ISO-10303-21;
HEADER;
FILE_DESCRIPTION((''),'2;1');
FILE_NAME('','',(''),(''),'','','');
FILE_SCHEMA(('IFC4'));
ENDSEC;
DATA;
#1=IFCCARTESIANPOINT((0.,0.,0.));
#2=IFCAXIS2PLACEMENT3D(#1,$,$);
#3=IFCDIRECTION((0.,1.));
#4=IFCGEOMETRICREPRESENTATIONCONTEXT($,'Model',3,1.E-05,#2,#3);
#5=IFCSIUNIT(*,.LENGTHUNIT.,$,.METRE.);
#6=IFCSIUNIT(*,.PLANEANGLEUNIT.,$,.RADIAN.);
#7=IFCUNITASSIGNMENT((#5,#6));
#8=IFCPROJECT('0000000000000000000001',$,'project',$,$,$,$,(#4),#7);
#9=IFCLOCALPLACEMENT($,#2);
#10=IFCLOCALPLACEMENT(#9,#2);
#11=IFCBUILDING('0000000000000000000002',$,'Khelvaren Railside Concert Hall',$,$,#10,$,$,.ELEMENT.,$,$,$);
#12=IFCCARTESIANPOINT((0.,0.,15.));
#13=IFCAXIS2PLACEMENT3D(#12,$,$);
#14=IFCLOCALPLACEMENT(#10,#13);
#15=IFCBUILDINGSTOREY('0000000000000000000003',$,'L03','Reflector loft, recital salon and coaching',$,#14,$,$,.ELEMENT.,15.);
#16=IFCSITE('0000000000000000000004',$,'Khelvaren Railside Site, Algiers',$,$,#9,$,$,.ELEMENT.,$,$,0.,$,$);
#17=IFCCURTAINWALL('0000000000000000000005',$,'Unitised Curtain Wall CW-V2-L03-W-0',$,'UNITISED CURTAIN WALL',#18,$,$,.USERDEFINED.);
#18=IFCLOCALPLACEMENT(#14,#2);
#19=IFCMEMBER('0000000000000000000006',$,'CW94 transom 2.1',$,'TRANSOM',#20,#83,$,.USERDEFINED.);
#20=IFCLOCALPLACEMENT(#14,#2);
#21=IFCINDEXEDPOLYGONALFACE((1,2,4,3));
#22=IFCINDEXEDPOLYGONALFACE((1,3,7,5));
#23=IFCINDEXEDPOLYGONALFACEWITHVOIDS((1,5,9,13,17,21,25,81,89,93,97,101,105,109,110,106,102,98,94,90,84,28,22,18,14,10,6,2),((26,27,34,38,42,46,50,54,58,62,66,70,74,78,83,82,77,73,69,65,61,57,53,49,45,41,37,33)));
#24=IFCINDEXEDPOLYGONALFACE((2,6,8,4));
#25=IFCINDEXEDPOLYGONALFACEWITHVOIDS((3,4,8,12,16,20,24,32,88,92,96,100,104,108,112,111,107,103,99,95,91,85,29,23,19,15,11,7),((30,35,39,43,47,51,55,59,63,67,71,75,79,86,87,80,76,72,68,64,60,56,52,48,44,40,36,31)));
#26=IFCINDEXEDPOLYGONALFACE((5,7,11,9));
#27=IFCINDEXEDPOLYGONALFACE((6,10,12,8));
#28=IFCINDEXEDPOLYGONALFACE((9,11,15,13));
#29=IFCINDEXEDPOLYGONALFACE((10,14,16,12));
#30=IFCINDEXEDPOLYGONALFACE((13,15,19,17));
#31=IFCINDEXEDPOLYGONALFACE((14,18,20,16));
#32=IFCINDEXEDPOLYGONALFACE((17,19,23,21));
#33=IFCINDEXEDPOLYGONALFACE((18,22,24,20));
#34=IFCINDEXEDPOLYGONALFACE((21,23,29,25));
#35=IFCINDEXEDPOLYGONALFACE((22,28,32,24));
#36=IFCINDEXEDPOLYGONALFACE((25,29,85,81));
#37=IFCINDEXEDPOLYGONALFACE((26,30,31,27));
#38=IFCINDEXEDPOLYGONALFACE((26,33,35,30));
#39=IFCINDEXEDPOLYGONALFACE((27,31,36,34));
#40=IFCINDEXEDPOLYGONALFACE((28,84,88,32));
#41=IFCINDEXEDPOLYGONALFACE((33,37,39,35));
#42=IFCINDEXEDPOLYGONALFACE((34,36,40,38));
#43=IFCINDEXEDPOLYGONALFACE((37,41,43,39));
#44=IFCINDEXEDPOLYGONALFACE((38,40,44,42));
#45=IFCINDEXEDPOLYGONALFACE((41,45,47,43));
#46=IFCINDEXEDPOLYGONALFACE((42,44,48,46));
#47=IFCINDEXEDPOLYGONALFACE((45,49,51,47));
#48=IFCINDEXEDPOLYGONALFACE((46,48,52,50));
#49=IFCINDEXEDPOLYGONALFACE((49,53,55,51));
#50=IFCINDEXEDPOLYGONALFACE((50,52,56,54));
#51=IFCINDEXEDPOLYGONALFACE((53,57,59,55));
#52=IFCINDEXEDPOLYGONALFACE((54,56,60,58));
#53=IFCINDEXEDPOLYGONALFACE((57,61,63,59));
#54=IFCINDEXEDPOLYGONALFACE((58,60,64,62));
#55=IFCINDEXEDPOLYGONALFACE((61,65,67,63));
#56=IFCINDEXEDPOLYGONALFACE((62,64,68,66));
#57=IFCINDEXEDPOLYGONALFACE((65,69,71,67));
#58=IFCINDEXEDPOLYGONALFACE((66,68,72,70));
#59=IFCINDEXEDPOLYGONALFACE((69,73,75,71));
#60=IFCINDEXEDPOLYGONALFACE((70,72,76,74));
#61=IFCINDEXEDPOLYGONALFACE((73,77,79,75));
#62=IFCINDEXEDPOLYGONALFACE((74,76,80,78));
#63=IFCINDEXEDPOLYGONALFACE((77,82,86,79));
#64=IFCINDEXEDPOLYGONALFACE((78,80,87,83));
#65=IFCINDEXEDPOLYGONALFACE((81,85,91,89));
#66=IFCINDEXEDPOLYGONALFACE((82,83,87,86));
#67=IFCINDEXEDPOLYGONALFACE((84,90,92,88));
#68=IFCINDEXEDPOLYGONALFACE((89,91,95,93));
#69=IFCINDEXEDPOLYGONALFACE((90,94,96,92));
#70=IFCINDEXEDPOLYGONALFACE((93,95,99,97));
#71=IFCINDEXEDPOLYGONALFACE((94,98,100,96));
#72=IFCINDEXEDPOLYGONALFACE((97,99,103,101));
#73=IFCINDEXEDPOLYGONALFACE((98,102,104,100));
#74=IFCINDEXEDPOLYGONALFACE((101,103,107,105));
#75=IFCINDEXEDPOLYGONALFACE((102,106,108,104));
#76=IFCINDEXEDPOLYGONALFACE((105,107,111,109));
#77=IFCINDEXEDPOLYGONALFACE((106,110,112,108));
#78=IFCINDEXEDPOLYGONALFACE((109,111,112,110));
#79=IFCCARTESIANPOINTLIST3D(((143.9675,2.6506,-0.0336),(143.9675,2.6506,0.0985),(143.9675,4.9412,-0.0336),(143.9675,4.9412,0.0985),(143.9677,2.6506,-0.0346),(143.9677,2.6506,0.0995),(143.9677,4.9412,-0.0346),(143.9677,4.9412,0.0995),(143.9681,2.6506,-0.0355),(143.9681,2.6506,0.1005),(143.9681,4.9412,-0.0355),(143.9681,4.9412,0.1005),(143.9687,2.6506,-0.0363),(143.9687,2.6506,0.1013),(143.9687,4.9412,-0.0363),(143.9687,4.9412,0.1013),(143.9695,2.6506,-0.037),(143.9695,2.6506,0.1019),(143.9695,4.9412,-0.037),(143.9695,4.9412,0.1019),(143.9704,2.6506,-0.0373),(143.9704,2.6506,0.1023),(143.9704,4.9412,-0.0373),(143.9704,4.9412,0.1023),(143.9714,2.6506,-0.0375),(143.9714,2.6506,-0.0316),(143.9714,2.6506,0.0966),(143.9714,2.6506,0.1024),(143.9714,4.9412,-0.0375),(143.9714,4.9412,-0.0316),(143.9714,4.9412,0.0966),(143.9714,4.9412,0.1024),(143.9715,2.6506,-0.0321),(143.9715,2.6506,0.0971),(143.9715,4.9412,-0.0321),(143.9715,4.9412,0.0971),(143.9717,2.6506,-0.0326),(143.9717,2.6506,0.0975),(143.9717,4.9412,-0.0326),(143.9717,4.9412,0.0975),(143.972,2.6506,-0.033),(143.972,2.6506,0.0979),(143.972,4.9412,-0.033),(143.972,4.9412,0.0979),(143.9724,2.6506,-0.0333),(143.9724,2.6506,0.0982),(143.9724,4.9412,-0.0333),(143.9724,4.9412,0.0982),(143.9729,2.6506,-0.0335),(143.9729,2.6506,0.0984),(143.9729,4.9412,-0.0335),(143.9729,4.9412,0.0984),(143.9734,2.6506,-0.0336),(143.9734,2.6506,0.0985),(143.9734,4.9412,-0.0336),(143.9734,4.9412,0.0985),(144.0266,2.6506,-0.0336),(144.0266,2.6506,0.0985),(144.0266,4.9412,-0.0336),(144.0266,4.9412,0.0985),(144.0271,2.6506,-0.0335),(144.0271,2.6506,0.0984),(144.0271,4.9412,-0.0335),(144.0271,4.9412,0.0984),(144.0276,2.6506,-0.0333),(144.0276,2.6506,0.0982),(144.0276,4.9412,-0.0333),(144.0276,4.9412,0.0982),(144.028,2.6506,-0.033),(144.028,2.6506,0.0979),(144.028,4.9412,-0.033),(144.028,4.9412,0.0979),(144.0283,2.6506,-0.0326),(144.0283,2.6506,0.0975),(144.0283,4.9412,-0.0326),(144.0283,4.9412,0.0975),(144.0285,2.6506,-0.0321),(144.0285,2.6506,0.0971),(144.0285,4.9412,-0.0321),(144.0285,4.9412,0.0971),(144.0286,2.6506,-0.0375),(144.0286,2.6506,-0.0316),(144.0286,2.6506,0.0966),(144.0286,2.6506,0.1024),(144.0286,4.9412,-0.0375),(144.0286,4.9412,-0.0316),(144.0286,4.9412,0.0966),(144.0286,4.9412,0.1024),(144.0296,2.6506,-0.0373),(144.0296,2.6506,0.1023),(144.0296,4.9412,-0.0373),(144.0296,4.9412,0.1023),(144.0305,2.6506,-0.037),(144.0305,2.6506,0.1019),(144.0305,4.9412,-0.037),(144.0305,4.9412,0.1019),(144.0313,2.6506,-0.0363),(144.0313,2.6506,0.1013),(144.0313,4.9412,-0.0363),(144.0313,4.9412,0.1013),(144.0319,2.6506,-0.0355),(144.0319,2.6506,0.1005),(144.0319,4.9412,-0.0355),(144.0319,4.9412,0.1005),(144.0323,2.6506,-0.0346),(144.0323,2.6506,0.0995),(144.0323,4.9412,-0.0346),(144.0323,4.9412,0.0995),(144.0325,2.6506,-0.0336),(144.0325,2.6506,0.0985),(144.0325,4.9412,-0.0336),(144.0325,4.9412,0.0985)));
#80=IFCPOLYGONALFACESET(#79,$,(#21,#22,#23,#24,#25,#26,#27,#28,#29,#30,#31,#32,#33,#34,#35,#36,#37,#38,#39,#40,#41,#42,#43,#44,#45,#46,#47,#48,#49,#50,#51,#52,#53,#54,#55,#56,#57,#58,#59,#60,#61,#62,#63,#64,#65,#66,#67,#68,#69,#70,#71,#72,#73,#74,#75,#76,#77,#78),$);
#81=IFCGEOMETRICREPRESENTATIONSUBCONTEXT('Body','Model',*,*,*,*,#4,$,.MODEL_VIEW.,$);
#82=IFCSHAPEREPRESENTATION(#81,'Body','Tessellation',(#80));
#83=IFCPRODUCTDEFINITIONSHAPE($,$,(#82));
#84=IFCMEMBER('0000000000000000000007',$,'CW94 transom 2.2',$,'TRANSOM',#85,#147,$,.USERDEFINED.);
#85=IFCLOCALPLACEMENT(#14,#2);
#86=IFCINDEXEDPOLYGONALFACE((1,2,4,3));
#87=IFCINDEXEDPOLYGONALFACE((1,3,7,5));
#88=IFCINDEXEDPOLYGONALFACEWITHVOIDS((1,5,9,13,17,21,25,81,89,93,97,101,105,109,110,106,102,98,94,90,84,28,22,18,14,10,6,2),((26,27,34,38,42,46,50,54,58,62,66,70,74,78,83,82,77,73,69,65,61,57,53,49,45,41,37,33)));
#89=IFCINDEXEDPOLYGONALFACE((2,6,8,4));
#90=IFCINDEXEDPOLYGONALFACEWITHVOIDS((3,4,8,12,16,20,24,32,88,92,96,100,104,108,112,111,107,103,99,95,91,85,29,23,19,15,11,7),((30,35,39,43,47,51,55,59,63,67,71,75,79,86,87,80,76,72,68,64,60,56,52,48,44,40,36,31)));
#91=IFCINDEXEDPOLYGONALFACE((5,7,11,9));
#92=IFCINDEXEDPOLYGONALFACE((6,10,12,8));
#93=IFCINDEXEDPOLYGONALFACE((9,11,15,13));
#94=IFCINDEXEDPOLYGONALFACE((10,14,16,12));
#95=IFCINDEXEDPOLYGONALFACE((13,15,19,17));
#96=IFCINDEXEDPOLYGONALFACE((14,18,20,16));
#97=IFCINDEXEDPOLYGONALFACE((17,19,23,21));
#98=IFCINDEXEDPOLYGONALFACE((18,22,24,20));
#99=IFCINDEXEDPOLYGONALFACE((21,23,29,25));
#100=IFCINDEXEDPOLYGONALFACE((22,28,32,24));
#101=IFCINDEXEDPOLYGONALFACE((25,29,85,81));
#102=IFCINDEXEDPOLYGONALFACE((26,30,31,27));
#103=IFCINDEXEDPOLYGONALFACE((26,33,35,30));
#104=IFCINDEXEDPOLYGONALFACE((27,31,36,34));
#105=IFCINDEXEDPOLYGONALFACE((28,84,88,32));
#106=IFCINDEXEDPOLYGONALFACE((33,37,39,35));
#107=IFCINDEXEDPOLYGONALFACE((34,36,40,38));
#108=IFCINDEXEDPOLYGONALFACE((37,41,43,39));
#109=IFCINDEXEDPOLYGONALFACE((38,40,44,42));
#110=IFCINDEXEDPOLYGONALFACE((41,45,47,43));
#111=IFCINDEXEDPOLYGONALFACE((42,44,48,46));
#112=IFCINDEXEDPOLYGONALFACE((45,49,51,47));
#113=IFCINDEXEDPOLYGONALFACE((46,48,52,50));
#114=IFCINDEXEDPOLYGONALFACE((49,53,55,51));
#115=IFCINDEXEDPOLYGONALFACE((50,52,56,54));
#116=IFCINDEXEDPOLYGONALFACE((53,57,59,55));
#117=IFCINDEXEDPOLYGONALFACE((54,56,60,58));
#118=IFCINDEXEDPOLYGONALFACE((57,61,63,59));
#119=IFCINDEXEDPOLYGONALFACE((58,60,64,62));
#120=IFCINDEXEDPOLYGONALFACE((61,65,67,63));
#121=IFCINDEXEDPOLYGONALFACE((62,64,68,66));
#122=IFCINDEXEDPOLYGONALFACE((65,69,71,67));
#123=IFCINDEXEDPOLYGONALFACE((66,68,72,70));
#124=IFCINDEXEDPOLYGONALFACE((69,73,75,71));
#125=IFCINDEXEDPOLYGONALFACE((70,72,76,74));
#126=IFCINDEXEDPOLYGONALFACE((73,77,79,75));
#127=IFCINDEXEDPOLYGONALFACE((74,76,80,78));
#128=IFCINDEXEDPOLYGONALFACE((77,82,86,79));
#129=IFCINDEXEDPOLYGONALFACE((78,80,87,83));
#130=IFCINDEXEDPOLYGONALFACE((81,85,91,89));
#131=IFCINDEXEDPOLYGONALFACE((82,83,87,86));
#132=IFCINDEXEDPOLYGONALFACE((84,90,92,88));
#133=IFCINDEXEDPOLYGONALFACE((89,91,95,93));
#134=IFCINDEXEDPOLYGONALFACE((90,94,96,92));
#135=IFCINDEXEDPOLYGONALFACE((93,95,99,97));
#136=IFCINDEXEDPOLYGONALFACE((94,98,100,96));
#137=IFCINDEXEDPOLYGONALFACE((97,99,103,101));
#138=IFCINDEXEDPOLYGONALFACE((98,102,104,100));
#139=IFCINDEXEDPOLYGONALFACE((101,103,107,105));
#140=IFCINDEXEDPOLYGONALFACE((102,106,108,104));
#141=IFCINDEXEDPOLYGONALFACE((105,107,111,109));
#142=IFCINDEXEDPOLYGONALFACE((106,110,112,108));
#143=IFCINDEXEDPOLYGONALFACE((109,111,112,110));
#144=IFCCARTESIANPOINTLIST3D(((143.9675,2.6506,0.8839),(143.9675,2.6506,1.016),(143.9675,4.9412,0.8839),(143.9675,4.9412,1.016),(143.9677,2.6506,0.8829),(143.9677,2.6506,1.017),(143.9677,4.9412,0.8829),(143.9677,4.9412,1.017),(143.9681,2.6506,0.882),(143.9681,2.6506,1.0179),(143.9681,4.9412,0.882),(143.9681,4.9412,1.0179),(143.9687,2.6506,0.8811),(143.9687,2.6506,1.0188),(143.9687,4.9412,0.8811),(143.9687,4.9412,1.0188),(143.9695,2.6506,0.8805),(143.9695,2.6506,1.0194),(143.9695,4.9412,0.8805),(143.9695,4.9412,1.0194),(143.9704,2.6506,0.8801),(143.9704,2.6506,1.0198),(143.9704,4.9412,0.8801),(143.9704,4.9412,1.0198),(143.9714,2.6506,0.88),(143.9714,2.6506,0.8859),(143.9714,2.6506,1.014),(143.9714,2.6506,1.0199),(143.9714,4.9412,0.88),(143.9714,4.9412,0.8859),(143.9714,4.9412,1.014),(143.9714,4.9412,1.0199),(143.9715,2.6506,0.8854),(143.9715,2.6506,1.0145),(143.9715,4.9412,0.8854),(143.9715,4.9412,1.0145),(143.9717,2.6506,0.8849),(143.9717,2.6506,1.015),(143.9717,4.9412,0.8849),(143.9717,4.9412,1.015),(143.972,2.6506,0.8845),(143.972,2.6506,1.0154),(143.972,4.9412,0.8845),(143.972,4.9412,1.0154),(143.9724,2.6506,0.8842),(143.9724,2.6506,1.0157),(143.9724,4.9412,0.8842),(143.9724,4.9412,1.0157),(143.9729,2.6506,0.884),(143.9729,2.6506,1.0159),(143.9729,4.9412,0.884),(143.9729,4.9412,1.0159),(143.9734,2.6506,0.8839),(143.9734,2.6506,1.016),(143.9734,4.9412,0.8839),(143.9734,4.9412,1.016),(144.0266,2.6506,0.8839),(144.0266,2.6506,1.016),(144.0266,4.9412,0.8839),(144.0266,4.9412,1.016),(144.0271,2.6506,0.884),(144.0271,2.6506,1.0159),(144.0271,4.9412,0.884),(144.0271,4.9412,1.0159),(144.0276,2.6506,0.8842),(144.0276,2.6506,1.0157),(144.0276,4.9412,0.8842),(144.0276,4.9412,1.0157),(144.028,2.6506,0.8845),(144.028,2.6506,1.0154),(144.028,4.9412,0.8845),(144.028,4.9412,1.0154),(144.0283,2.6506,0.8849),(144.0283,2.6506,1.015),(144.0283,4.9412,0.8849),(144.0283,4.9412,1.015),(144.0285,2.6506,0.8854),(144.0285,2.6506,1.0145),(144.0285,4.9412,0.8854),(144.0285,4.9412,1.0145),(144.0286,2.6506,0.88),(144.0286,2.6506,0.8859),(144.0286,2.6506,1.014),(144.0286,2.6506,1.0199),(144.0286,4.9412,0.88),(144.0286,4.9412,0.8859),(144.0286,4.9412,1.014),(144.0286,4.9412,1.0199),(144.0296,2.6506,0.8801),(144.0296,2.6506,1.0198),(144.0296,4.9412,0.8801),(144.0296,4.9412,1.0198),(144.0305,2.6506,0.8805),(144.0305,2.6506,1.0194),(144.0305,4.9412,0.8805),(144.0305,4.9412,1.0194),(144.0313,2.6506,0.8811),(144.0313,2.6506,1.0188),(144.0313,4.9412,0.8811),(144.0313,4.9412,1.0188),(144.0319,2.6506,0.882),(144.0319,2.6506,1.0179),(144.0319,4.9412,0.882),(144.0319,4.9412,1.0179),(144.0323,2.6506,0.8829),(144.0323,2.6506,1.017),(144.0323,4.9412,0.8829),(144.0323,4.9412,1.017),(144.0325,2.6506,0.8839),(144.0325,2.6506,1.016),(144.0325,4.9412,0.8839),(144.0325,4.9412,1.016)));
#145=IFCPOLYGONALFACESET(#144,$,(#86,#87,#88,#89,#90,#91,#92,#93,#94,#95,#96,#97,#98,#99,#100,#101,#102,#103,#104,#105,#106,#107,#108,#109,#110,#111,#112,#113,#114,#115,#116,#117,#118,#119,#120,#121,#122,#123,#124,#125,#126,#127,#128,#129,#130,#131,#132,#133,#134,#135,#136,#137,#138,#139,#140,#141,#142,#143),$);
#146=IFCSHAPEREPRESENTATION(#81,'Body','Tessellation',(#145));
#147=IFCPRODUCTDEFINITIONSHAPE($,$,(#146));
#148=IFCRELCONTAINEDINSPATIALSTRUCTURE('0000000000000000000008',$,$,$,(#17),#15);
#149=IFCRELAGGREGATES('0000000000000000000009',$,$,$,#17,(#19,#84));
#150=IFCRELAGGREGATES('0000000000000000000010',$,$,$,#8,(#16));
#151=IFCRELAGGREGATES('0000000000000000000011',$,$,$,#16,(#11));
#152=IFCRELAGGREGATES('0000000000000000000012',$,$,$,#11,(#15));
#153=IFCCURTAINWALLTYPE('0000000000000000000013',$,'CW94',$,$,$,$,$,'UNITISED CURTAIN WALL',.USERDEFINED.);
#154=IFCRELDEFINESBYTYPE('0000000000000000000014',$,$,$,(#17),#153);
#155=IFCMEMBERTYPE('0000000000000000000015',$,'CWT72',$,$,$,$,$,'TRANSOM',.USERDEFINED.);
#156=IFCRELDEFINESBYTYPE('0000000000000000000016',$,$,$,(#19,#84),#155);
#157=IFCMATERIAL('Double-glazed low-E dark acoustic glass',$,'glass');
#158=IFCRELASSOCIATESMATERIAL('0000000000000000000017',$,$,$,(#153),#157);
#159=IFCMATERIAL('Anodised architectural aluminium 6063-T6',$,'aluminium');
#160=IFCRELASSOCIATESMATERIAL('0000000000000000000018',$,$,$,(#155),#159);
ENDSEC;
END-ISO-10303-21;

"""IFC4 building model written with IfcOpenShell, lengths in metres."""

from ifc_helpers import new_model, si_unit, direction, frame, origin, origin_2d, place, context, subcontext, project, spatial, hollow_rectangle, extrude, material, material_profile, profile_set, type_object, element, aggregate, save


model = new_model("IFC4")

# Units and contexts
model_context = context("Model", 3, precision=1e-05, world=origin(), true_north=direction((0.0, 1.0)))
body_context = subcontext(model_context, "Body", "Model", "MODEL_VIEW")
ifc_project = project(units=[si_unit("LENGTHUNIT", "METRE"), si_unit("PLANEANGLEUNIT", "RADIAN")], contexts=[model_context])

# Site, building, storey
site_placement = place(None, origin())
site = spatial("IfcSite", under=ifc_project, at=site_placement, Name="Khelvaren Railside Site, Algiers", CompositionType="ELEMENT", RefElevation=0.0)
building_placement = place(site_placement, origin())
building = spatial("IfcBuilding", under=site, at=building_placement, Name="Khelvaren Railside Concert Hall", CompositionType="ELEMENT")
storey_placement = place(building_placement, frame((0.0, 0.0, 15.0)))
storey = spatial("IfcBuildingStorey", under=building, at=storey_placement, Name="L03", Description="Reflector loft, recital salon and coaching", CompositionType="ELEMENT", Elevation=15.0)

# Curtain wall, members
ifc_material_1 = material(Name="Double-glazed low-E dark acoustic glass", Category="glass")
curtain_wall_type = type_object("IfcCurtainWallType", Name="CW94", ElementType="UNITISED CURTAIN WALL", PredefinedType="USERDEFINED", material=ifc_material_1)
curtain_wall_placement = place(storey_placement, origin())
curtain_wall = element("IfcCurtainWall", 1, at=curtain_wall_placement, inside=storey, type_object=curtain_wall_type, Name="Unitised Curtain Wall CW-V2-L03-W-0", ObjectType="UNITISED CURTAIN WALL", PredefinedType="USERDEFINED")
ifc_material_2 = material(Name="Anodised architectural aluminium 6063-T6", Category="aluminium")
ifc_material_profile_1 = material_profile(ifc_material_2, hollow_rectangle(XDim=0.0649, YDim=0.1399, WallThickness=0.0039, InnerFilletRadius=0.002, OuterFilletRadius=0.0039, at=origin_2d()), Name="CWT 65x140x4")
ifc_profile_set_1 = profile_set([ifc_material_profile_1], Name="Anodised architectural aluminium 6063-T6")
member_type_1 = type_object("IfcMemberType", Name="CWT72", ElementType="TRANSOM", PredefinedType="USERDEFINED", material=ifc_profile_set_1)
member_1_placement = place(storey_placement, frame((144.0, 2.6506, 0.0325), z_axis=(0.0, 1.0, 0.0), x_axis=(-1.0, 0.0, 0.0)))
member_1 = element("IfcMember", 2, at=member_1_placement, type_object=member_type_1, Name="CW94 transom 2.1", ObjectType="TRANSOM", PredefinedType="USERDEFINED", context=body_context, shape_type="SweptSolid", body=[
    extrude(hollow_rectangle(XDim=0.0649, YDim=0.1399, WallThickness=0.0039, InnerFilletRadius=0.002, OuterFilletRadius=0.0039, at=origin_2d()), origin(), (0.0, 0.0, 1.0), 2.2905),
])
member_2_placement = place(storey_placement, frame((144.0, 2.6506, 0.95), z_axis=(0.0, 1.0, 0.0), x_axis=(-1.0, 0.0, 0.0)))
member_2 = element("IfcMember", 3, at=member_2_placement, type_object=member_type_1, Name="CW94 transom 2.2", ObjectType="TRANSOM", PredefinedType="USERDEFINED", context=body_context, shape_type="SweptSolid", body=[
    extrude(hollow_rectangle(XDim=0.0649, YDim=0.1399, WallThickness=0.0039, InnerFilletRadius=0.002, OuterFilletRadius=0.0039, at=origin_2d()), origin(), (0.0, 0.0, 1.0), 2.2905),
])

aggregate(curtain_wall, [member_1, member_2])

save(model, "model.ifc")
